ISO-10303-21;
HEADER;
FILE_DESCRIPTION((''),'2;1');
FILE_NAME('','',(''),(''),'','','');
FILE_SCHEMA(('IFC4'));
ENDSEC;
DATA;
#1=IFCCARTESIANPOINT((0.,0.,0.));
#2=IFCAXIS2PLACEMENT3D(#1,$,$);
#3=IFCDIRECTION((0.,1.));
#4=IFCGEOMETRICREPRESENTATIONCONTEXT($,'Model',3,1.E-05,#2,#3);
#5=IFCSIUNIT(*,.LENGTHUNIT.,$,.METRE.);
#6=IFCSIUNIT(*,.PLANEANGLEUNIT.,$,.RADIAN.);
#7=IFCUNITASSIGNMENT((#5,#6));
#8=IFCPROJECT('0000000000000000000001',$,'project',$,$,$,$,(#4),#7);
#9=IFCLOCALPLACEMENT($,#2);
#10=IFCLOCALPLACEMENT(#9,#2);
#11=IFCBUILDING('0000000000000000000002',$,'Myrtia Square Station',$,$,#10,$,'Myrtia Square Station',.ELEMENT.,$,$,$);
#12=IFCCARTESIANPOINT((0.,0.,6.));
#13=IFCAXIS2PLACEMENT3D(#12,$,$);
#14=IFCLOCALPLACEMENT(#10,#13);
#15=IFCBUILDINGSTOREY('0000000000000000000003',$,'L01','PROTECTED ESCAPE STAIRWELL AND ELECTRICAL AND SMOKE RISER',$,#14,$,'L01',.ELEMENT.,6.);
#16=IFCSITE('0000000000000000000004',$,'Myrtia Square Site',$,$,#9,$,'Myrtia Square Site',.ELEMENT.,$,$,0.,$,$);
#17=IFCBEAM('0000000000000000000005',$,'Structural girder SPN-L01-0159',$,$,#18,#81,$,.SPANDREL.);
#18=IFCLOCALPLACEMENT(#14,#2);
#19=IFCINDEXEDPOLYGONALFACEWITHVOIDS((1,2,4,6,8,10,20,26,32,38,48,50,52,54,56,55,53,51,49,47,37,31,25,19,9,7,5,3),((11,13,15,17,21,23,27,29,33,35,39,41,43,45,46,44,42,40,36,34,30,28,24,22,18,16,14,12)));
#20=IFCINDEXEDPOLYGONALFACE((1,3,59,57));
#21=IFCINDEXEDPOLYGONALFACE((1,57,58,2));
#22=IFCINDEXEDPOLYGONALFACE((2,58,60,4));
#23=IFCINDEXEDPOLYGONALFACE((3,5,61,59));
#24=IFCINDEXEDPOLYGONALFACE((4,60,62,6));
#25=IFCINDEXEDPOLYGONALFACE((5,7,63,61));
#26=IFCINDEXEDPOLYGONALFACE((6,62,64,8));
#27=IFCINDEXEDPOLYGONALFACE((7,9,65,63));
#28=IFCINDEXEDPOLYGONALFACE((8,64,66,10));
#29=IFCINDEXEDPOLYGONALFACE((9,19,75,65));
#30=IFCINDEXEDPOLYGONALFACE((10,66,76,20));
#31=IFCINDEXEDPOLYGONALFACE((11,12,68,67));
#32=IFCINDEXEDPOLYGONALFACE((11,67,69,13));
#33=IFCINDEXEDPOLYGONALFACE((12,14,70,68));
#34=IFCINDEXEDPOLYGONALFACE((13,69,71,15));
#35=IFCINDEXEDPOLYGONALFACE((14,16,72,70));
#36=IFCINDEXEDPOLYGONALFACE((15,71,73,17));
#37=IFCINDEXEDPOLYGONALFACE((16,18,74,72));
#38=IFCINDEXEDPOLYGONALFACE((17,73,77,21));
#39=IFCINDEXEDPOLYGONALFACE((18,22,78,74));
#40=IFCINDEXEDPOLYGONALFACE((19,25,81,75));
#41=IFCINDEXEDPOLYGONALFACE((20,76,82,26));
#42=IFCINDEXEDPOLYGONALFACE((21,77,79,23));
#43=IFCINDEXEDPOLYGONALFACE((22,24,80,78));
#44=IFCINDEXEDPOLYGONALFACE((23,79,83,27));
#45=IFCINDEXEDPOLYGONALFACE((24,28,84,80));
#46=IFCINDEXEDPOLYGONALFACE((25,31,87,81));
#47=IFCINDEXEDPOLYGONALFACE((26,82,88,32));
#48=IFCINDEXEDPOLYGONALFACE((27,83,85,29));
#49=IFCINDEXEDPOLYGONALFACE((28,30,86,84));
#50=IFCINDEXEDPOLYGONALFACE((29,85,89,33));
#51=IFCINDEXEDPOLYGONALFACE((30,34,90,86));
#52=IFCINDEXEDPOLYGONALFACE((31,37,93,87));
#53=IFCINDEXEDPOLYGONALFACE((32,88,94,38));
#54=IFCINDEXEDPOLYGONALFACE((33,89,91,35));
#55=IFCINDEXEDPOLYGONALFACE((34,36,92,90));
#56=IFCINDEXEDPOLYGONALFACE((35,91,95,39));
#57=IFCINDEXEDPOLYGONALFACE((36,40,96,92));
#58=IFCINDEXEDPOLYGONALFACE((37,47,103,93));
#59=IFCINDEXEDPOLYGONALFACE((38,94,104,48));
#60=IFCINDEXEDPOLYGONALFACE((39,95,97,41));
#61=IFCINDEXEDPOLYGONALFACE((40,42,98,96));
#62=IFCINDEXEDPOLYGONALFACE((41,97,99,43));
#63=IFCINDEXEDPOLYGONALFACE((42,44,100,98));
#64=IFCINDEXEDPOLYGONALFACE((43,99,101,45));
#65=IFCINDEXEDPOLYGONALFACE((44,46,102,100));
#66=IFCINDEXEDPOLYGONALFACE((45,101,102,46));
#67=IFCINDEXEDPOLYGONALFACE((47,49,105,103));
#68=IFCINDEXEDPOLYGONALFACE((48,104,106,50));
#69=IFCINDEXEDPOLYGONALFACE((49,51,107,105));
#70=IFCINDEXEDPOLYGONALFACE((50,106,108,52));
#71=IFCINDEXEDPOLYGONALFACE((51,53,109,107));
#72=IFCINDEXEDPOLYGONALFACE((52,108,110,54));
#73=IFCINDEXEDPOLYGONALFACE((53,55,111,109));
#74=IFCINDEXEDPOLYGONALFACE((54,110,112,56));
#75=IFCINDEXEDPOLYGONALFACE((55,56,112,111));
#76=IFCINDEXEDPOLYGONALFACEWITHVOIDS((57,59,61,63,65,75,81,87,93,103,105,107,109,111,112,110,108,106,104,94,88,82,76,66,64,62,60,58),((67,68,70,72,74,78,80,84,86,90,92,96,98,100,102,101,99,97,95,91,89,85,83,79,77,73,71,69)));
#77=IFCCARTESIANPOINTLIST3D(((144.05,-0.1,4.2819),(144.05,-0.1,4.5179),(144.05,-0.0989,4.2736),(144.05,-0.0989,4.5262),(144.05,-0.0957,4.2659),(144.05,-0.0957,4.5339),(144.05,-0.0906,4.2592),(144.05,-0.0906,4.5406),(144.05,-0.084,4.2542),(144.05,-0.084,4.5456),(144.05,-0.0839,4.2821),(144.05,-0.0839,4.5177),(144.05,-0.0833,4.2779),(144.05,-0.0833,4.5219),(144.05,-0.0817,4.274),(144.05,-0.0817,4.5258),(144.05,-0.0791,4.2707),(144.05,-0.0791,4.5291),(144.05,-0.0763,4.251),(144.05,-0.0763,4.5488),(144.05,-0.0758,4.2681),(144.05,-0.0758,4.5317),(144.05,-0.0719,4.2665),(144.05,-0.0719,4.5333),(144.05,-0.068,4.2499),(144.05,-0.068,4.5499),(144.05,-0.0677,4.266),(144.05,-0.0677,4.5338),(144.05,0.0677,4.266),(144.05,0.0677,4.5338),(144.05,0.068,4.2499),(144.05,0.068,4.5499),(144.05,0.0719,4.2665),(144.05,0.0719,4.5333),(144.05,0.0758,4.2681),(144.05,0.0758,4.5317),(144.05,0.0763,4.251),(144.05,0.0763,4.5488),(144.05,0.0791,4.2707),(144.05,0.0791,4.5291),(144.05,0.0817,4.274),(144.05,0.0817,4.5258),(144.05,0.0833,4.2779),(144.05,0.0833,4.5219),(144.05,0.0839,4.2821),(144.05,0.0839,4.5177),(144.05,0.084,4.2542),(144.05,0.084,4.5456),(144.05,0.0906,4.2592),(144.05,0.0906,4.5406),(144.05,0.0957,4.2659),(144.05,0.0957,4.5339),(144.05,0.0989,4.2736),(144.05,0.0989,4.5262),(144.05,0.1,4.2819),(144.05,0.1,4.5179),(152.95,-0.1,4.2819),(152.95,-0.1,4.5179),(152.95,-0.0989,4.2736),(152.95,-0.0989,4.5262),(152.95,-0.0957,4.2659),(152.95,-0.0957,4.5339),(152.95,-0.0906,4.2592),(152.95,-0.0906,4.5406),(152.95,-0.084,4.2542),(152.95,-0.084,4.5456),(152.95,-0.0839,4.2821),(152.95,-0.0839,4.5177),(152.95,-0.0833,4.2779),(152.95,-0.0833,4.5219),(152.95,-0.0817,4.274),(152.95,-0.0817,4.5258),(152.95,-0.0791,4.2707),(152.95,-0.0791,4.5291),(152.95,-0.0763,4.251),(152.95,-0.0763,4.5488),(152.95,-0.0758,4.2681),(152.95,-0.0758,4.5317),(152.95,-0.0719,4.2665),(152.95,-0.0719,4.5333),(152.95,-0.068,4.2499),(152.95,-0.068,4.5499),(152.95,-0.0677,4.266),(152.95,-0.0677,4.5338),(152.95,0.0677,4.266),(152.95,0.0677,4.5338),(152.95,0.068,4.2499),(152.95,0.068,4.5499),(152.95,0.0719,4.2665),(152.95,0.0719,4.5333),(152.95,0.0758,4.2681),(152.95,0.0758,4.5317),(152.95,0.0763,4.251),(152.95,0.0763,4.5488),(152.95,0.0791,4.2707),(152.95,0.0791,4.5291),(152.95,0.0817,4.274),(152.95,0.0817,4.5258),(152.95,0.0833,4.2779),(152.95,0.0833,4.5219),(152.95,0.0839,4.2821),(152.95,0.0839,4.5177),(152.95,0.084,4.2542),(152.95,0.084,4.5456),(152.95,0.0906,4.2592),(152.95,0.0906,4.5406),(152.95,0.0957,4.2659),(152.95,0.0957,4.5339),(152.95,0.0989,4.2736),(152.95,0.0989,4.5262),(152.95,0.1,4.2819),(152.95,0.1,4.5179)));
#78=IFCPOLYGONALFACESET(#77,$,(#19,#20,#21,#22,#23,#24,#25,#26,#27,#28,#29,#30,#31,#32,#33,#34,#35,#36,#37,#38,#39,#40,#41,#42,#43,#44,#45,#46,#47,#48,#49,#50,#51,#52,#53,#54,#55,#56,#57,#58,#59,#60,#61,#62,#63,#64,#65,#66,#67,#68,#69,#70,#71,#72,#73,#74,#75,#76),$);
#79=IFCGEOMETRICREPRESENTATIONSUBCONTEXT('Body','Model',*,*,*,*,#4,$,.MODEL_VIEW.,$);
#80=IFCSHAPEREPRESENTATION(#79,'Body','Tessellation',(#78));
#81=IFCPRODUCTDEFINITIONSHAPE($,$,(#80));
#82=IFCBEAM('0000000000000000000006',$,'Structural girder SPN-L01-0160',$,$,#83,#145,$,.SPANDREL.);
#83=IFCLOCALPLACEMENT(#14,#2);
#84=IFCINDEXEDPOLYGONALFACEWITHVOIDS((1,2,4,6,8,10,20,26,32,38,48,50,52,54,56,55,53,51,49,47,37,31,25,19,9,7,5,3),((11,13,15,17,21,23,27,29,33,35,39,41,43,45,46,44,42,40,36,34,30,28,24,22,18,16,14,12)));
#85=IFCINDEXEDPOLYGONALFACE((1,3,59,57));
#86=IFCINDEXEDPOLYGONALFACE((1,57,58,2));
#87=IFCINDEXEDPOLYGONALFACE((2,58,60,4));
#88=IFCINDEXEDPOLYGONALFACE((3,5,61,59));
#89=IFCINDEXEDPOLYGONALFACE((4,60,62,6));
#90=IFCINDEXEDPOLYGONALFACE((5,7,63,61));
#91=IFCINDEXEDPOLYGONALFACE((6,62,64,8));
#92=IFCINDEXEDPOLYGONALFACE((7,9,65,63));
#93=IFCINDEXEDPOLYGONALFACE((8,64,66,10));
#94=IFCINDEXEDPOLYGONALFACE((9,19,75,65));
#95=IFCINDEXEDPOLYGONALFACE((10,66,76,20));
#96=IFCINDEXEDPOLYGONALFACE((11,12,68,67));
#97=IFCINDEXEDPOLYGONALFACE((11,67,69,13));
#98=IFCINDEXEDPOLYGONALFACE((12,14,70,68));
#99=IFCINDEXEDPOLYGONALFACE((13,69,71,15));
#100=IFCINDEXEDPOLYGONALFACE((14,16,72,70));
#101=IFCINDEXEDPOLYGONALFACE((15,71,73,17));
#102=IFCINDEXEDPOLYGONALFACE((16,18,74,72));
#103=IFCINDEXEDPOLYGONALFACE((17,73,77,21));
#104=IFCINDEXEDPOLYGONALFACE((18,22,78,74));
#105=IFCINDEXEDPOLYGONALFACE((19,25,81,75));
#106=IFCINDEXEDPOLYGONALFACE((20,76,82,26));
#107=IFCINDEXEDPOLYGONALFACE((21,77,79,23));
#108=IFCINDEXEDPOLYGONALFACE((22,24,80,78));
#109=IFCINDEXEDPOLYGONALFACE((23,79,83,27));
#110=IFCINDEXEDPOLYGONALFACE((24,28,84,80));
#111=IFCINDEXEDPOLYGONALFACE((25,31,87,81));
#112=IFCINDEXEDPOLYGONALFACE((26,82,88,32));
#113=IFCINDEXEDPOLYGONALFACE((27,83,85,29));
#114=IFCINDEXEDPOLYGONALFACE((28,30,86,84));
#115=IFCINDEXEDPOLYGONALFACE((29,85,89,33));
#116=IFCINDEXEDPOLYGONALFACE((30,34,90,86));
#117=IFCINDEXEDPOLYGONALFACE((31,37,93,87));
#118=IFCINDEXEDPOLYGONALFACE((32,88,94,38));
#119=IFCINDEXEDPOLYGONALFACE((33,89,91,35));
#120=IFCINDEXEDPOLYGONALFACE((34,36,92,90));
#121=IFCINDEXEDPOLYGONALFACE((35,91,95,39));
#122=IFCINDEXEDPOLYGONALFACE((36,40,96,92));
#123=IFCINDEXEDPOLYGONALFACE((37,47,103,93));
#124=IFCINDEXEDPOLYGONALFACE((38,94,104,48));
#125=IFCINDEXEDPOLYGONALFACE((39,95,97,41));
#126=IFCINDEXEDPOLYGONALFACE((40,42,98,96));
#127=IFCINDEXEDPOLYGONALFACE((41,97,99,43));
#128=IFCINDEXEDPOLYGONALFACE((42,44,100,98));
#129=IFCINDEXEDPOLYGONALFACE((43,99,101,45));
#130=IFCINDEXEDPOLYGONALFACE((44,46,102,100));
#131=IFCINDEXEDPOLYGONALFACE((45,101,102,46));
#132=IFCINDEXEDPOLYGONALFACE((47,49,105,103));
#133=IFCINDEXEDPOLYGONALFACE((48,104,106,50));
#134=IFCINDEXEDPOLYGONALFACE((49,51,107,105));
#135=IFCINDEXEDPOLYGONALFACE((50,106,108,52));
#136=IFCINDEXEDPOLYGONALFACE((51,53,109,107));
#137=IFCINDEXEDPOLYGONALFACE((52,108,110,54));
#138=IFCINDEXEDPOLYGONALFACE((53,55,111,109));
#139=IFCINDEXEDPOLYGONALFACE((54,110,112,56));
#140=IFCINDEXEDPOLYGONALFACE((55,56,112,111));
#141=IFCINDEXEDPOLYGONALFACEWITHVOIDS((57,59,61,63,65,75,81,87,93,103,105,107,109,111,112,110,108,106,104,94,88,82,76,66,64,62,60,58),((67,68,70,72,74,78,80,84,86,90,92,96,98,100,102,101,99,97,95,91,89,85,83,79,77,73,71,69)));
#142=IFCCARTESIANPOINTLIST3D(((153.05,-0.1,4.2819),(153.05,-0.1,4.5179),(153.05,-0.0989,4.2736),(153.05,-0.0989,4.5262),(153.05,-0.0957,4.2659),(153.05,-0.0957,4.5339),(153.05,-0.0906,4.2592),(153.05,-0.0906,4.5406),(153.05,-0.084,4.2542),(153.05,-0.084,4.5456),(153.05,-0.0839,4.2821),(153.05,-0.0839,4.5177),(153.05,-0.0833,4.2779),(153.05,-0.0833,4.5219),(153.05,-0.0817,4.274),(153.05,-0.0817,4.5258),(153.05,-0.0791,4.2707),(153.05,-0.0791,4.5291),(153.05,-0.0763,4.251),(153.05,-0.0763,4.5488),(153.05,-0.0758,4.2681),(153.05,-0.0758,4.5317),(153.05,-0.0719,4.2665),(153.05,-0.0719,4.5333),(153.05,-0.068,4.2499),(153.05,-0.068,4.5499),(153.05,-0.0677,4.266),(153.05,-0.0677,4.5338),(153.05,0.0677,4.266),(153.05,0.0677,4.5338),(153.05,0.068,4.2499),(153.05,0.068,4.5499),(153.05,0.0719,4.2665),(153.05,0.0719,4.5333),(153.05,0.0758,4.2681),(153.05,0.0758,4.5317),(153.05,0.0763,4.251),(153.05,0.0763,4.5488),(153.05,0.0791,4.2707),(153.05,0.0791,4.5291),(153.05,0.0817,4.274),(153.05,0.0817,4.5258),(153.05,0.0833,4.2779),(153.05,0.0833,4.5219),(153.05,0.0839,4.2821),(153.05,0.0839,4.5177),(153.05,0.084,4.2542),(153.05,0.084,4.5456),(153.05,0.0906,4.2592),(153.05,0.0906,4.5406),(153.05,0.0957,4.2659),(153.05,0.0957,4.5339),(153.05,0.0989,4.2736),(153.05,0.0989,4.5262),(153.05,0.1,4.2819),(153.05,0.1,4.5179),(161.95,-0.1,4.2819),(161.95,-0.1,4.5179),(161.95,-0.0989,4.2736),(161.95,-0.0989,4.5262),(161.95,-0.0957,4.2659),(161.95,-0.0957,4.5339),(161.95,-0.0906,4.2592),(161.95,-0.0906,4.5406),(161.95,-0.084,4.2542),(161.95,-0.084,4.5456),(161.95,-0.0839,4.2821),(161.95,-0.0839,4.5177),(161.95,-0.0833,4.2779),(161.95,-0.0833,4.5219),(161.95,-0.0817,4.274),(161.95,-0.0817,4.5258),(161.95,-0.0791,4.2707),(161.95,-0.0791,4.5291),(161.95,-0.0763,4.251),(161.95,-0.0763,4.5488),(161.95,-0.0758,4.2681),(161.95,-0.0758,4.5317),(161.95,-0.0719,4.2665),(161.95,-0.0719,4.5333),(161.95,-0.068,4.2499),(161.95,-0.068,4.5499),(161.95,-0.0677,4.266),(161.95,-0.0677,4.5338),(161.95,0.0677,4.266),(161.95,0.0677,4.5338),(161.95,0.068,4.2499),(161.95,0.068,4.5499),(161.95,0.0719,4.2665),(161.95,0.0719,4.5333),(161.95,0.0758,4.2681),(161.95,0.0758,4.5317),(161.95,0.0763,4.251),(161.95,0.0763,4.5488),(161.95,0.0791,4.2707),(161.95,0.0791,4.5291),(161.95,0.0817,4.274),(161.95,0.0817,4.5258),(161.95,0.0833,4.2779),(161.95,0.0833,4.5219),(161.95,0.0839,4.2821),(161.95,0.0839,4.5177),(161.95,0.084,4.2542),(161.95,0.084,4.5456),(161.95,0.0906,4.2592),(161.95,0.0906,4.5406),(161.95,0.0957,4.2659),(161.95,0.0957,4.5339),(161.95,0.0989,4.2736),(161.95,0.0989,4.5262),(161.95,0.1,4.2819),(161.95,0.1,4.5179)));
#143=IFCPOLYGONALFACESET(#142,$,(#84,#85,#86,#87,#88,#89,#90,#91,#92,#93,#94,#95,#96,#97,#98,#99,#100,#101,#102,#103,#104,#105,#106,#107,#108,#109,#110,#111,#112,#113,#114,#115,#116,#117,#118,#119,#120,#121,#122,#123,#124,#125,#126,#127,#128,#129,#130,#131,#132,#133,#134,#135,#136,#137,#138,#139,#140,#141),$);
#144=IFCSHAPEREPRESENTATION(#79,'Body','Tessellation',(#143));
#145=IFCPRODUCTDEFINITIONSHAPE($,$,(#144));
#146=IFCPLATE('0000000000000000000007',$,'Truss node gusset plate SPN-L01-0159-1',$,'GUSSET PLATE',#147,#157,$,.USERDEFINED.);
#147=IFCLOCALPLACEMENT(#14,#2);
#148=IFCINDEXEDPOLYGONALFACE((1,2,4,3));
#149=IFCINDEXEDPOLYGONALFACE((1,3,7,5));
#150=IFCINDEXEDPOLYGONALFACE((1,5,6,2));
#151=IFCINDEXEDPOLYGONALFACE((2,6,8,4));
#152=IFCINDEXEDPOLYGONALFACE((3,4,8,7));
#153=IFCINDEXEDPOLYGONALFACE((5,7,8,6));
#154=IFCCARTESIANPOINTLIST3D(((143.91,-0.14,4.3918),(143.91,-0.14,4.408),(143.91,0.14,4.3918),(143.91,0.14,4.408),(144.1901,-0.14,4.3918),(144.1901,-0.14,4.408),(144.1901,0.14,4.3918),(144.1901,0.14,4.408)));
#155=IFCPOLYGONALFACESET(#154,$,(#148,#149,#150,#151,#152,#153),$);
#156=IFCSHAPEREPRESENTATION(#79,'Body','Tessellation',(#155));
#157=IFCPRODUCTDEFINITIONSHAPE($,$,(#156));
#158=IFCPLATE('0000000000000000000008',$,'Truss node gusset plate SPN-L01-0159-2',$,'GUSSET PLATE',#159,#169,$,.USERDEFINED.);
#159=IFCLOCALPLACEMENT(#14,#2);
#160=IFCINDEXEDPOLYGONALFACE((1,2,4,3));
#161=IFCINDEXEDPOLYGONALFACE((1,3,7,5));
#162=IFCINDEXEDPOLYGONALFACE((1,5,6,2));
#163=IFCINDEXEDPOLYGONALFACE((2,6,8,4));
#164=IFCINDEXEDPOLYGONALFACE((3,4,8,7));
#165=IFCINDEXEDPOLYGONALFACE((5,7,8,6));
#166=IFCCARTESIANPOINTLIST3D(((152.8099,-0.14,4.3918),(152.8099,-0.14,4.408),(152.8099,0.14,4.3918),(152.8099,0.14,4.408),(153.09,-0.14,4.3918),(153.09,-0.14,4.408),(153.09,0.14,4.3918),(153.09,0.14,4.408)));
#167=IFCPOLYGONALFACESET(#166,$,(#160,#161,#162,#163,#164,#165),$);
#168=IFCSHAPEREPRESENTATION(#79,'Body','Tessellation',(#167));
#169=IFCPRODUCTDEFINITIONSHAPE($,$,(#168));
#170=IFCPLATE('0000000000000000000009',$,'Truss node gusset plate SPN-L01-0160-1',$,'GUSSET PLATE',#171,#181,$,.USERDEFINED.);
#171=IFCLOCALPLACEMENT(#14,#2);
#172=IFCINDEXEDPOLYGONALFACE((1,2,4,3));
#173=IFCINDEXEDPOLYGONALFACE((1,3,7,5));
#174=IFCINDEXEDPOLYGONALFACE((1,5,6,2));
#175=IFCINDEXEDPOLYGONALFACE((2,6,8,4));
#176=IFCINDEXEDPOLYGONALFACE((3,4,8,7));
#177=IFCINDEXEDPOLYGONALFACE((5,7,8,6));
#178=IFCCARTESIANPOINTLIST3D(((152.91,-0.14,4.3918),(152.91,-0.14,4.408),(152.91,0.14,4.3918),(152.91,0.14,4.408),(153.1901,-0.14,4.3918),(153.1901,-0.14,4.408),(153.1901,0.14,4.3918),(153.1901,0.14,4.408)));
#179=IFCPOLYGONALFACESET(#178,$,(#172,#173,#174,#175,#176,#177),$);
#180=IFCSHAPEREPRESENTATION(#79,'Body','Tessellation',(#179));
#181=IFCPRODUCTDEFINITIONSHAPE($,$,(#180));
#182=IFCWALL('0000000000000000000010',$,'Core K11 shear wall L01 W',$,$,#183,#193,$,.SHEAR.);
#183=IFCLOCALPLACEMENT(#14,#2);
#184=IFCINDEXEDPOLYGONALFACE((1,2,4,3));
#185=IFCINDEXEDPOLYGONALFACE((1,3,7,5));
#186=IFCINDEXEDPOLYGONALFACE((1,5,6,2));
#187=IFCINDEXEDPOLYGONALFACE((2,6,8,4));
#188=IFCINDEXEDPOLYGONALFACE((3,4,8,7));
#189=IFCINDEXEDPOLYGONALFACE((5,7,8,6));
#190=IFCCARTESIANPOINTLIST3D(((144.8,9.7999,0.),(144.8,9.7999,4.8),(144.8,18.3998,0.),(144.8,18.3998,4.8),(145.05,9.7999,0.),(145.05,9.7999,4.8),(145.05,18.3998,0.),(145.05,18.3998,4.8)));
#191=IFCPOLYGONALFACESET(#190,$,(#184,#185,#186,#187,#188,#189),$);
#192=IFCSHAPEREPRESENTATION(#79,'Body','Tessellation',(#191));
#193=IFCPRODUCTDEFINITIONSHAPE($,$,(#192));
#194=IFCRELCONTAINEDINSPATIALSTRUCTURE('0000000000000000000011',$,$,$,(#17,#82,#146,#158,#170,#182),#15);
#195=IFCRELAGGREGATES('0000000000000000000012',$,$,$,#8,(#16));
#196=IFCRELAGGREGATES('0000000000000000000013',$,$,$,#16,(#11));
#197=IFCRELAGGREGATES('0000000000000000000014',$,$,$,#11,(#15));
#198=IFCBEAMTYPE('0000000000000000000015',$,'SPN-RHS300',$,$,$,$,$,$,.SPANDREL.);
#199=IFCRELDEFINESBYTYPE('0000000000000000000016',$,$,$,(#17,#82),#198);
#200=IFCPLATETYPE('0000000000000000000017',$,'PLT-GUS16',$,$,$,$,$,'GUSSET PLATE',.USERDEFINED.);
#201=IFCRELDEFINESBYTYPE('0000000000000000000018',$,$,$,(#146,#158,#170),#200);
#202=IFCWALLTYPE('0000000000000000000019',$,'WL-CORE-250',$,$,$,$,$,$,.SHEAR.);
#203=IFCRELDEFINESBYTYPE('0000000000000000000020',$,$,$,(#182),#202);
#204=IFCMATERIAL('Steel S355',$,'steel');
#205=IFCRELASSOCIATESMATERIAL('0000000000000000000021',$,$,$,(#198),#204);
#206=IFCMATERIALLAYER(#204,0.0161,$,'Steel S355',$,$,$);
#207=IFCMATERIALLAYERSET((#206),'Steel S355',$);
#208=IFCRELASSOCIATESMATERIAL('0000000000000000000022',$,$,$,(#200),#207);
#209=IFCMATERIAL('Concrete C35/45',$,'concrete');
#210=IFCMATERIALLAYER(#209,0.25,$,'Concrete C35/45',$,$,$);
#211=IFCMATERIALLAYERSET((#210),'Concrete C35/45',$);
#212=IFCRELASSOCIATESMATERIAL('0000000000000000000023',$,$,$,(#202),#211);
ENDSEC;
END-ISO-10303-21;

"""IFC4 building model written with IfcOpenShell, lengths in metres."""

from ifc_helpers import new_model, si_unit, direction, frame, frame_2d, origin, origin_2d, place, context, subcontext, project, spatial, rectangle, hollow_rectangle, extrude, material, layer, layer_set, material_profile, profile_set, type_object, element, save


model = new_model("IFC4")

# Units and contexts
model_context = context("Model", 3, precision=1e-05, world=origin(), true_north=direction((0.0, 1.0)))
body_context = subcontext(model_context, "Body", "Model", "MODEL_VIEW")
ifc_project = project(units=[si_unit("LENGTHUNIT", "METRE"), si_unit("PLANEANGLEUNIT", "RADIAN")], contexts=[model_context])

# Site, building, storey
site_placement = place(None, origin())
site = spatial("IfcSite", under=ifc_project, at=site_placement, Name="Myrtia Square Site", LongName="Myrtia Square Site", CompositionType="ELEMENT", RefElevation=0.0)
building_placement = place(site_placement, origin())
building = spatial("IfcBuilding", under=site, at=building_placement, Name="Myrtia Square Station", LongName="Myrtia Square Station", CompositionType="ELEMENT")
storey_placement = place(building_placement, frame((0.0, 0.0, 6.0)))
storey = spatial("IfcBuildingStorey", under=building, at=storey_placement, Name="L01", Description="PROTECTED ESCAPE STAIRWELL AND ELECTRICAL AND SMOKE RISER", LongName="L01", CompositionType="ELEMENT", Elevation=6.0)

# Shared definitions
ifc_material_1 = material(Name="Steel S355", Category="steel")

# Beams
ifc_material_profile_1 = material_profile(ifc_material_1, hollow_rectangle(XDim=0.2, YDim=0.3, WallThickness=0.0161, InnerFilletRadius=0.0161, OuterFilletRadius=0.032, at=origin_2d()), Name="RHS 300x200x16")
ifc_profile_set_1 = profile_set([ifc_material_profile_1], Name="Steel S355")
beam_type_1 = type_object("IfcBeamType", Name="SPN-RHS300", PredefinedType="SPANDREL", material=ifc_profile_set_1)
for number, where, z_axis, x_axis, name in (
    (1, (144.05, 0.0, 4.3999), (1.0, 0.0, 0.0), (0.0, 1.0, 0.0), "Structural girder SPN-L01-0159"),
    (2, (153.05, 0.0, 4.3999), (1.0, 0.0, 0.0), (0.0, 1.0, 0.0), "Structural girder SPN-L01-0160"),
):
    element("IfcBeam", number, at=place(storey_placement, frame(where, z_axis=z_axis, x_axis=x_axis)), inside=storey, type_object=beam_type_1, Name=name, PredefinedType="SPANDREL", context=body_context, shape_type="SweptSolid", body=[
        extrude(hollow_rectangle(XDim=0.2, YDim=0.3, WallThickness=0.0161, InnerFilletRadius=0.0161, OuterFilletRadius=0.032, at=origin_2d()), origin(), (0.0, 0.0, 1.0), 8.8999),
    ])

# Plates
ifc_layer_1 = layer(ifc_material_1, 0.0161, Name="Steel S355")
ifc_layer_set_1 = layer_set([ifc_layer_1], Name="Steel S355")
plate_type = type_object("IfcPlateType", Name="PLT-GUS16", ElementType="GUSSET PLATE", PredefinedType="USERDEFINED", material=ifc_layer_set_1)
for number, where, z_axis, x_axis, name in (
    (3, (144.05, 0.0, 4.3918), (0.0, 0.0, 1.0), (1.0, 0.0, 0.0), "Truss node gusset plate SPN-L01-0159-1"),
    (4, (152.95, 0.0, 4.3918), (0.0, 0.0, 1.0), (1.0, 0.0, 0.0), "Truss node gusset plate SPN-L01-0159-2"),
    (5, (153.05, 0.0, 4.3918), (0.0, 0.0, 1.0), (1.0, 0.0, 0.0), "Truss node gusset plate SPN-L01-0160-1"),
):
    element("IfcPlate", number, at=place(storey_placement, frame(where, z_axis=z_axis, x_axis=x_axis)), inside=storey, type_object=plate_type, Name=name, ObjectType="GUSSET PLATE", PredefinedType="USERDEFINED", context=body_context, shape_type="SweptSolid", body=[
        extrude(rectangle(XDim=0.28, YDim=0.28, at=origin_2d()), origin(), (0.0, 0.0, 1.0), 0.0161),
    ])

# Wall
ifc_material_2 = material(Name="Concrete C35/45", Category="concrete")
ifc_layer_2 = layer(ifc_material_2, 0.25, Name="Concrete C35/45")
ifc_layer_set_2 = layer_set([ifc_layer_2], Name="Concrete C35/45")
wall_type_1 = type_object("IfcWallType", Name="WL-CORE-250", PredefinedType="SHEAR", material=ifc_layer_set_2)
wall_1_placement = place(storey_placement, frame((144.925, 9.8, 0.0), z_axis=(0.0, 0.0, 1.0), x_axis=(0.0, 1.0, 0.0)))
element("IfcWall", 6, at=wall_1_placement, inside=storey, type_object=wall_type_1, Name="Core K11 shear wall L01 W", PredefinedType="SHEAR", context=body_context, shape_type="SweptSolid", body=[
    extrude(rectangle(XDim=8.5999, YDim=0.25, at=frame_2d((4.2998, 0.0))), origin(), (0.0, 0.0, 1.0), 4.8),
])

save(model, "model.ifc")
